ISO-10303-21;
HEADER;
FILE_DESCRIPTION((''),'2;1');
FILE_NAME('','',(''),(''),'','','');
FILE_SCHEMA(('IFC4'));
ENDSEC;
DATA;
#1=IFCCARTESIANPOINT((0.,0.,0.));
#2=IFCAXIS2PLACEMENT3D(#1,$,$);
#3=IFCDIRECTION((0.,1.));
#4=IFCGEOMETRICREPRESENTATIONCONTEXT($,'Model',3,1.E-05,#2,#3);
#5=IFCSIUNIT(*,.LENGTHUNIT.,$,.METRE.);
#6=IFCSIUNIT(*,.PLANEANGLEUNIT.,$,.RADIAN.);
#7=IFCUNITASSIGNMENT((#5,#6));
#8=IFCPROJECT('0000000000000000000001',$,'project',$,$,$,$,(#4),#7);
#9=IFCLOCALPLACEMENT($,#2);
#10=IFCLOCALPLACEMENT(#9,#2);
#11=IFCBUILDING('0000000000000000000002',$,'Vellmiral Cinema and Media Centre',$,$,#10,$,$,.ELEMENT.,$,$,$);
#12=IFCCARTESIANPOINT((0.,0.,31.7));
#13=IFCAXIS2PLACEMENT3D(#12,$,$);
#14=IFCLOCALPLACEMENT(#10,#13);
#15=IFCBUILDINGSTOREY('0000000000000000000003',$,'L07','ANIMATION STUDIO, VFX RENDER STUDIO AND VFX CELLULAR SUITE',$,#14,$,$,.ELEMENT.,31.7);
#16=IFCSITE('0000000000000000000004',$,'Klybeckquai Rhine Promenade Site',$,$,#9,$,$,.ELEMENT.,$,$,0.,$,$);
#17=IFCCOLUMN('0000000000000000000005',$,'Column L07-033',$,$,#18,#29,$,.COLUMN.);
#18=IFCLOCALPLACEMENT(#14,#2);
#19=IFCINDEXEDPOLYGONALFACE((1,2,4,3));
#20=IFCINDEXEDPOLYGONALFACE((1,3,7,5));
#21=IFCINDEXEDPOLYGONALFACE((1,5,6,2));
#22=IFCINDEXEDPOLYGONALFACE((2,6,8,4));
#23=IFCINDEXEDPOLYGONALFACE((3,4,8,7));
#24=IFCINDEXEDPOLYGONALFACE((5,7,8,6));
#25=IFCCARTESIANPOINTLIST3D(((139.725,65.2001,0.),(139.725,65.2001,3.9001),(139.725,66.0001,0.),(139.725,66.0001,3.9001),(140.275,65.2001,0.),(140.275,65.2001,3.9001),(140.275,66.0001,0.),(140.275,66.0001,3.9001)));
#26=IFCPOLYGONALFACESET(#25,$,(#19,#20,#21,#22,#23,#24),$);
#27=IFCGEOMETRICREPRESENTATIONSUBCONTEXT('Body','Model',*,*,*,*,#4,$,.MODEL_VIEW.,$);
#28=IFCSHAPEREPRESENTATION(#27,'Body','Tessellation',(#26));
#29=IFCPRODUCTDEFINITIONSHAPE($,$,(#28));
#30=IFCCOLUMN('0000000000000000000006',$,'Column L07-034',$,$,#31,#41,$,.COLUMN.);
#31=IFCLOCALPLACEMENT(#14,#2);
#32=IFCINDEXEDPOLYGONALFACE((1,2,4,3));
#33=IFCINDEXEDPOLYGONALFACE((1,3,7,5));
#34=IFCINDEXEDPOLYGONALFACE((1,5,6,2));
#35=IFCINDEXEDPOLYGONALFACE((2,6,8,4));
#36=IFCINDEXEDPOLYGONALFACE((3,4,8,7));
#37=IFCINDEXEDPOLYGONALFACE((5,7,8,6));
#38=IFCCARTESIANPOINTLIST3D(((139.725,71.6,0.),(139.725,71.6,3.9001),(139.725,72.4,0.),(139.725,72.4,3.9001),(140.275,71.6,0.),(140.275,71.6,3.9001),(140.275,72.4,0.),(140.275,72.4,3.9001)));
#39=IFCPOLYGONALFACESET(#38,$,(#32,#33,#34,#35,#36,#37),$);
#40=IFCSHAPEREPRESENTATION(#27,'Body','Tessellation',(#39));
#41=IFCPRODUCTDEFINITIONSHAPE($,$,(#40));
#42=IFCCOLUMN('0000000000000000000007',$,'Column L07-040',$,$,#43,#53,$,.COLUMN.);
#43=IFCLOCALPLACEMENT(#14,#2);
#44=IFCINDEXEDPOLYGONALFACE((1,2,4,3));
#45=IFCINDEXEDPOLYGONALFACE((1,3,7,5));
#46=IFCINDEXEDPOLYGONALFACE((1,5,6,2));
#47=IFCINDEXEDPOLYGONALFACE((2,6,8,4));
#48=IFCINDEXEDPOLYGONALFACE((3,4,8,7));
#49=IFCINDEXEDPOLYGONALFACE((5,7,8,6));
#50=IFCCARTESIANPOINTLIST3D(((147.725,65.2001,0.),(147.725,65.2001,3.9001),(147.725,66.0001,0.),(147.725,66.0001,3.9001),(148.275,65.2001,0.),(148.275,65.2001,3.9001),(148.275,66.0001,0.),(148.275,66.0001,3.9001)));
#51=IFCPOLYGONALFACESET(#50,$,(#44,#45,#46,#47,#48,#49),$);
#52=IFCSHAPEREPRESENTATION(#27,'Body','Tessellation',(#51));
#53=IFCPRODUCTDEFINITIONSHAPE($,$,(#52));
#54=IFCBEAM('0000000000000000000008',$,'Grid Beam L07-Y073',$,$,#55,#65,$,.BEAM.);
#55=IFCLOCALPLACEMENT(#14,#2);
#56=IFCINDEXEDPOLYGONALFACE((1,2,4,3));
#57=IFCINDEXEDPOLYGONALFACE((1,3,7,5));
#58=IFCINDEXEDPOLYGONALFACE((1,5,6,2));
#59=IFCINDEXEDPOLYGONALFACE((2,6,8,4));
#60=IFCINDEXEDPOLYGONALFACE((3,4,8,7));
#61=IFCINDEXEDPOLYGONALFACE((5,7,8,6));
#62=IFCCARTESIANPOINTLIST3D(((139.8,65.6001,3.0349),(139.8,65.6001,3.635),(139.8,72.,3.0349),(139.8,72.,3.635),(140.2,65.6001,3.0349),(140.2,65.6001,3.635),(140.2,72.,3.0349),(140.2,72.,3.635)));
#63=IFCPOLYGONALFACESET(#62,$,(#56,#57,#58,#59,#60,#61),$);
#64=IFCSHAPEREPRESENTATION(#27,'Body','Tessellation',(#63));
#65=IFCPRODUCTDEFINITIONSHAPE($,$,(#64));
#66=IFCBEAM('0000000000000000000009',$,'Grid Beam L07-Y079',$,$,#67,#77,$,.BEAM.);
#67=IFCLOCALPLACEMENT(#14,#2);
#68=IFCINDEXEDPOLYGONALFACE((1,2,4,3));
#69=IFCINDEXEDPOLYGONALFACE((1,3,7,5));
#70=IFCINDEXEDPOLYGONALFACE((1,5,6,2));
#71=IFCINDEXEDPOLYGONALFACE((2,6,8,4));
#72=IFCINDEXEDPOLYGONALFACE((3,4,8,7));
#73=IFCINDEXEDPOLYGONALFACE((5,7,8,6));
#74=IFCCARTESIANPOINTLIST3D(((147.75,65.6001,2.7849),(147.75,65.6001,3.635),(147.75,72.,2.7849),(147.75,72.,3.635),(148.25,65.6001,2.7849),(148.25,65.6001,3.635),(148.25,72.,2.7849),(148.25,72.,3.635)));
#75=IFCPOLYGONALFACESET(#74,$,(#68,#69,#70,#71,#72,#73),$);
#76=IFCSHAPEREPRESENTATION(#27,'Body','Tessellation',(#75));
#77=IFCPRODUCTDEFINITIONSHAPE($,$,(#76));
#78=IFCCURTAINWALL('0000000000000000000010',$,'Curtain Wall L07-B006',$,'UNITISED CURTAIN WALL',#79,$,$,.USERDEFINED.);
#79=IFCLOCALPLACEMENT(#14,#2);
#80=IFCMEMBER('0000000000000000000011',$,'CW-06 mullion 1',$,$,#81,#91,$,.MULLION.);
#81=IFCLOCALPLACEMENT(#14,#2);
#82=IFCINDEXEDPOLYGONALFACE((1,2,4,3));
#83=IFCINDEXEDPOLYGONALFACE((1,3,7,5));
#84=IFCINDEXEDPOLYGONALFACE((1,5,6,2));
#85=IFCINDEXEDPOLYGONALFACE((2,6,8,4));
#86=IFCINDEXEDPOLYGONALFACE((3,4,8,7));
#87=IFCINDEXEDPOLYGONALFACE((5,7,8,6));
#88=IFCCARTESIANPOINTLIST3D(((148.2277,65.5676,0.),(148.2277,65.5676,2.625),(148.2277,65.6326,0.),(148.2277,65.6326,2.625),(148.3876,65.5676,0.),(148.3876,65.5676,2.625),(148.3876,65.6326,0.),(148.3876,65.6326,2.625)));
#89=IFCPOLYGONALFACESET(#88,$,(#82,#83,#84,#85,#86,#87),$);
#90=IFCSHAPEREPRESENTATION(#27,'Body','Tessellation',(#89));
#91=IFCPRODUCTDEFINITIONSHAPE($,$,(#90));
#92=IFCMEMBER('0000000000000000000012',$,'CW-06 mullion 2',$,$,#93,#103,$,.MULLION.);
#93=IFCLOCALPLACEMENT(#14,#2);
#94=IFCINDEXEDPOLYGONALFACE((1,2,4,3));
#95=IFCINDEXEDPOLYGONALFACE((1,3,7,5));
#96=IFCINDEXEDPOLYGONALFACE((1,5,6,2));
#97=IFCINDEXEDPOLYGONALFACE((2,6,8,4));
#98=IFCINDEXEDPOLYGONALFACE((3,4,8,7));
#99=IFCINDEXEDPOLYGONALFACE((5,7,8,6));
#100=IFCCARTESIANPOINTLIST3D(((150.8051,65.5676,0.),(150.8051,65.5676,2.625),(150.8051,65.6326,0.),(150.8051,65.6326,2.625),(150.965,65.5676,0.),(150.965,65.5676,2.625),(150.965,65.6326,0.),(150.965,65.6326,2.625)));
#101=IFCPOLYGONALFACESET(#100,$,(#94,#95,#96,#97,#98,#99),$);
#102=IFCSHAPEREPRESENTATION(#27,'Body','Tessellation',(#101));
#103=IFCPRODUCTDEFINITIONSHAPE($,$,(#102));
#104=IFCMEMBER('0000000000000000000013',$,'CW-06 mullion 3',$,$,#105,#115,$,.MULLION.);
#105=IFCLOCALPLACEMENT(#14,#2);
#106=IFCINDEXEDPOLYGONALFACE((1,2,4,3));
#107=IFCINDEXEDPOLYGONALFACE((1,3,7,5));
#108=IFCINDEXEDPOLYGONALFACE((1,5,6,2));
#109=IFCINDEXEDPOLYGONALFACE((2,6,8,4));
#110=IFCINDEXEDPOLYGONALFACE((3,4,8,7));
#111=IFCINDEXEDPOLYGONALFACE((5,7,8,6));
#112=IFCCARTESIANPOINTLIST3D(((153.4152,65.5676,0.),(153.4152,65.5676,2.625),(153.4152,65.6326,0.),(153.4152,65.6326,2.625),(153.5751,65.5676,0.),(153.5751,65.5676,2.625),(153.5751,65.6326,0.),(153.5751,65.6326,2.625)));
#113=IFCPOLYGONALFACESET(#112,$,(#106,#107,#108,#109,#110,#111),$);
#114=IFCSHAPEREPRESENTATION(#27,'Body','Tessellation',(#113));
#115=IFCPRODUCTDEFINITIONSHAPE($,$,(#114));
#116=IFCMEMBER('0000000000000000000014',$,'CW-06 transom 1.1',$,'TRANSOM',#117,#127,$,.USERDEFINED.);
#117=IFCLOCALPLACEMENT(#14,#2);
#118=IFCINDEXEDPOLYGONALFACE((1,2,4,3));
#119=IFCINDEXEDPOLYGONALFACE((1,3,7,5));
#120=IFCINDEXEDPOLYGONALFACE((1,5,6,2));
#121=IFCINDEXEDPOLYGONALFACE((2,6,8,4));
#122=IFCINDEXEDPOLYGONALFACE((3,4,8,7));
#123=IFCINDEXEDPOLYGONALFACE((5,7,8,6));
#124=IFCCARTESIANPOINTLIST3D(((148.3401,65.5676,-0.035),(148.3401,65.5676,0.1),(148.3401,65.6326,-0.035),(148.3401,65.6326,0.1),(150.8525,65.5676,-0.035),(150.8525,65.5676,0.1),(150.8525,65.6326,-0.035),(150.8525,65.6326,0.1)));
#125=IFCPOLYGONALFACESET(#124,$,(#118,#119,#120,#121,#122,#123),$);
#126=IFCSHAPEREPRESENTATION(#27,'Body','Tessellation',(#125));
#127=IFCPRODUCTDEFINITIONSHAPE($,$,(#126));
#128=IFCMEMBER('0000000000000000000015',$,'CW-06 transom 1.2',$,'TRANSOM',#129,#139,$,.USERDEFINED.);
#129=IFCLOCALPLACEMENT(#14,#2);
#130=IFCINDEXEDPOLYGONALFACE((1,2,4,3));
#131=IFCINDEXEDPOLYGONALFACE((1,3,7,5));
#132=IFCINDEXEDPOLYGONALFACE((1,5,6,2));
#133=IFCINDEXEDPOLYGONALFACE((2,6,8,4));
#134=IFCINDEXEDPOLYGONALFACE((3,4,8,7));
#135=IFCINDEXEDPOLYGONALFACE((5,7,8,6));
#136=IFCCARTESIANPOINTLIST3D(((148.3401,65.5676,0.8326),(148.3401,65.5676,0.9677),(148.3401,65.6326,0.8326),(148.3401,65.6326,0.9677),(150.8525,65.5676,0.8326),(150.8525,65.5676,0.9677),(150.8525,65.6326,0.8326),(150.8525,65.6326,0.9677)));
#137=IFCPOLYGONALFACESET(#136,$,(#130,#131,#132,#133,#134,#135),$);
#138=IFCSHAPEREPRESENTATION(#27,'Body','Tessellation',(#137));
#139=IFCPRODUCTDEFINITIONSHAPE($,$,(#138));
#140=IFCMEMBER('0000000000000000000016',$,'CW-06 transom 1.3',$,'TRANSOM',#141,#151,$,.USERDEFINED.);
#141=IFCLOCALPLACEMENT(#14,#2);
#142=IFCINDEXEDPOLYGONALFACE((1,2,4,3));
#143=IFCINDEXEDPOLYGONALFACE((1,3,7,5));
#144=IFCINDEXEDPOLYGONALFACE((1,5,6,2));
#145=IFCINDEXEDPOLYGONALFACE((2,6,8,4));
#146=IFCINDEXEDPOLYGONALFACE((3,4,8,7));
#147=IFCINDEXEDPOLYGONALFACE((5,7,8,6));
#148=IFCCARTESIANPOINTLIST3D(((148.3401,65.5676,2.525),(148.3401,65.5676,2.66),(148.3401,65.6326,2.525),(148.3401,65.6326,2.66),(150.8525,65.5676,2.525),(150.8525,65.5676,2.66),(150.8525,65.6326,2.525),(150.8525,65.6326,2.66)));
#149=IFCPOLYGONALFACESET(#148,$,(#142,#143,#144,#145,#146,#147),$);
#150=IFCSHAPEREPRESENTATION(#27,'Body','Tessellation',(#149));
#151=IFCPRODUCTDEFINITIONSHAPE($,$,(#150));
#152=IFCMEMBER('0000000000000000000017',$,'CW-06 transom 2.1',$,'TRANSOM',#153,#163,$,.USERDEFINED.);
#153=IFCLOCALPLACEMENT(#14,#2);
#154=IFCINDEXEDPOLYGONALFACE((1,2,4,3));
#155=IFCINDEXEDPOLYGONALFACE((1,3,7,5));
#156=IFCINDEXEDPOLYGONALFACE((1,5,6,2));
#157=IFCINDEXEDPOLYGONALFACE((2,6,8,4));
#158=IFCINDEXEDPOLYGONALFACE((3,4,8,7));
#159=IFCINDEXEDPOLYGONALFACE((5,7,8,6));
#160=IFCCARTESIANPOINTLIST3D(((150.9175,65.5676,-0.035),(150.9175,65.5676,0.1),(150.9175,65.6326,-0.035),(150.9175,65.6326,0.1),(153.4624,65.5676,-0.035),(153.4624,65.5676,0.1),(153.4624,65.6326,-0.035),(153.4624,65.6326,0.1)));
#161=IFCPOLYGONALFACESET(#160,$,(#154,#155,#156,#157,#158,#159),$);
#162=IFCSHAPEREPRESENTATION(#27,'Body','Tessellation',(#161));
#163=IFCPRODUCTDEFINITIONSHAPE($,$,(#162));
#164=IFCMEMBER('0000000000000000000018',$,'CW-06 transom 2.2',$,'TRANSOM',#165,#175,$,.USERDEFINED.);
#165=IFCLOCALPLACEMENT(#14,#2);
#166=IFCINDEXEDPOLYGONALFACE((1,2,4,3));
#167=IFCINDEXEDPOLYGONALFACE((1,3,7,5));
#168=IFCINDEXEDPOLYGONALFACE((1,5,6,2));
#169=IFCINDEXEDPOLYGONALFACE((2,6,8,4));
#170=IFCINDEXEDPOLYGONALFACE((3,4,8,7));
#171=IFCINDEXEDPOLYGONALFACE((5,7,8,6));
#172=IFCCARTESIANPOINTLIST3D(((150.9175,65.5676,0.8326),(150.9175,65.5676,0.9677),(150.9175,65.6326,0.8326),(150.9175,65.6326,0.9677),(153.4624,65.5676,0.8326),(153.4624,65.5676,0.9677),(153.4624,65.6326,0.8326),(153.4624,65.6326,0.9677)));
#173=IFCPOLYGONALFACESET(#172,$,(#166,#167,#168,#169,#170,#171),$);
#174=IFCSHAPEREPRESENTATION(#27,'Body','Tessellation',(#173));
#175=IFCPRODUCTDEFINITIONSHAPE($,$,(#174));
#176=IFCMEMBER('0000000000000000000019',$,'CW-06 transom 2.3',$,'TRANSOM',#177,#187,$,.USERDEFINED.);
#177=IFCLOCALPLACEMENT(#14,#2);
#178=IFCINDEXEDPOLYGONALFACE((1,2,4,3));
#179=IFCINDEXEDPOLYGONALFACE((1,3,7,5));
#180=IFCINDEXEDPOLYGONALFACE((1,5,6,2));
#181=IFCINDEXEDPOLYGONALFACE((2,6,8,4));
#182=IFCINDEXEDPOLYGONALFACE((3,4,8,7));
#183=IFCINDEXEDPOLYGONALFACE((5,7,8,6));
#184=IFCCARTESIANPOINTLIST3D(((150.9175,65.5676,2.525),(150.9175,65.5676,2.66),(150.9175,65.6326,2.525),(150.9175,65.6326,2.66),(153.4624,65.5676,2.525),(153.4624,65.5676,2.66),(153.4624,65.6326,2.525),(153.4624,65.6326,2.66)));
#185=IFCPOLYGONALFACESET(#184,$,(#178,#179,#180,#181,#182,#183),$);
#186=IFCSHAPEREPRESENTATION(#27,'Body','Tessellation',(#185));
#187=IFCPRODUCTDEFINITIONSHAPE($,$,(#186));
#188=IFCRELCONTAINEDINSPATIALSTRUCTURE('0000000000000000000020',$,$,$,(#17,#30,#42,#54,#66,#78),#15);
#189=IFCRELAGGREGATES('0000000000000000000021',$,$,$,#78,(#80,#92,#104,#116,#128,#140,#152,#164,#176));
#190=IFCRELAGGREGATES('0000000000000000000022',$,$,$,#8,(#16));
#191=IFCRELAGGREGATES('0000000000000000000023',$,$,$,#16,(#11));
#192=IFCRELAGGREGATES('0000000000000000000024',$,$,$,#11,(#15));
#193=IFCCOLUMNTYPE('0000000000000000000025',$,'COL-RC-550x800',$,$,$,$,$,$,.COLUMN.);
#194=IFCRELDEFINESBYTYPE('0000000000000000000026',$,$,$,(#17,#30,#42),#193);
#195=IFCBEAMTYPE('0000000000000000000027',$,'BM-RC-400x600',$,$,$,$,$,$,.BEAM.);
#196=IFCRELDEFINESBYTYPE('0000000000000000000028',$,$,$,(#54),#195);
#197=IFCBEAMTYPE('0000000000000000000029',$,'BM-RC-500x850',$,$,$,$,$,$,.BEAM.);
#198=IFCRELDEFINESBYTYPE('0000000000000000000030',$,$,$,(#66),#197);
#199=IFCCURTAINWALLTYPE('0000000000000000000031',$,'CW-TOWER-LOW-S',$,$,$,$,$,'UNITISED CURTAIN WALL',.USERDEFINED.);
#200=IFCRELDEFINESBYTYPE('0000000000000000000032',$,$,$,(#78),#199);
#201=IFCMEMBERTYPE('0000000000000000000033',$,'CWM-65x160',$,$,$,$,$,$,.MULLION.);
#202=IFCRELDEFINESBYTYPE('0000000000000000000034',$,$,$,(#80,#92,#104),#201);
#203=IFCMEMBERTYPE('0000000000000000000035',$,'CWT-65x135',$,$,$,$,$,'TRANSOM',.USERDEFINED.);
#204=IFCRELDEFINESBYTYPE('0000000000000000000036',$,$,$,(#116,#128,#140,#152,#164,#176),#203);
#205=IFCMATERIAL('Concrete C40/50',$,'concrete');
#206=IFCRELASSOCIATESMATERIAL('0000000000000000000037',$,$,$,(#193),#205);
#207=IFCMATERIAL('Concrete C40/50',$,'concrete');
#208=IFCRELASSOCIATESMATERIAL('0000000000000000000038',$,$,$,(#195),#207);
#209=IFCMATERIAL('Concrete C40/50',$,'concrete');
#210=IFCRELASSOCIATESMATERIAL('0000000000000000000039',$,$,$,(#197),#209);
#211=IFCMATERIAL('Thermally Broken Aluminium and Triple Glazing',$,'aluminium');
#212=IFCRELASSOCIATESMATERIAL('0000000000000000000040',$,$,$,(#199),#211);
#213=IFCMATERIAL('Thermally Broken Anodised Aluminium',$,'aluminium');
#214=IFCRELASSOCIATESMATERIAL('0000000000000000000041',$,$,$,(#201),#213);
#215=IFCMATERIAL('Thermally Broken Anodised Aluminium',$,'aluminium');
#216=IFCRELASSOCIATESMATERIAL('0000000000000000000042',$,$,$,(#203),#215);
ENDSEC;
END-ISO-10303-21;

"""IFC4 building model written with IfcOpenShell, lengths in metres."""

from ifc_helpers import new_model, si_unit, direction, frame, origin, origin_2d, place, context, subcontext, project, spatial, rectangle, extrude, material, material_profile, profile_set, type_object, element, aggregate, save


model = new_model("IFC4")

# Units and contexts
model_context = context("Model", 3, precision=1e-05, world=origin(), true_north=direction((0.0, 1.0)))
body_context = subcontext(model_context, "Body", "Model", "MODEL_VIEW")
ifc_project = project(units=[si_unit("LENGTHUNIT", "METRE"), si_unit("PLANEANGLEUNIT", "RADIAN")], contexts=[model_context])

# Site, building, storey
site_placement = place(None, origin())
site = spatial("IfcSite", under=ifc_project, at=site_placement, Name="Klybeckquai Rhine Promenade Site", CompositionType="ELEMENT", RefElevation=0.0)
building_placement = place(site_placement, origin())
building = spatial("IfcBuilding", under=site, at=building_placement, Name="Vellmiral Cinema and Media Centre", CompositionType="ELEMENT")
storey_placement = place(building_placement, frame((0.0, 0.0, 31.7)))
storey = spatial("IfcBuildingStorey", under=building, at=storey_placement, Name="L07", Description="ANIMATION STUDIO, VFX RENDER STUDIO AND VFX CELLULAR SUITE", CompositionType="ELEMENT", Elevation=31.7)

# Columns
ifc_material_1 = material(Name="Concrete C40/50", Category="concrete")
ifc_material_profile_1 = material_profile(ifc_material_1, rectangle(XDim=0.55, YDim=0.8, at=origin_2d()), Name="RC 550x800")
ifc_profile_set_1 = profile_set([ifc_material_profile_1], Name="Concrete C40/50")
column_type = type_object("IfcColumnType", Name="COL-RC-550x800", PredefinedType="COLUMN", material=ifc_profile_set_1)
for number, where, z_axis, x_axis, name in (
    (1, (140.0, 65.6001, 0.0), (0.0, 0.0, 1.0), (1.0, 0.0, 0.0), "Column L07-033"),
    (2, (140.0, 72.0, 0.0), (0.0, 0.0, 1.0), (1.0, 0.0, 0.0), "Column L07-034"),
    (3, (148.0, 65.6001, 0.0), (0.0, 0.0, 1.0), (1.0, 0.0, 0.0), "Column L07-040"),
):
    element("IfcColumn", number, at=place(storey_placement, frame(where, z_axis=z_axis, x_axis=x_axis)), inside=storey, type_object=column_type, Name=name, PredefinedType="COLUMN", context=body_context, shape_type="SweptSolid", body=[
        extrude(rectangle(XDim=0.55, YDim=0.8, at=origin_2d()), origin(), (0.0, 0.0, 1.0), 3.9001),
    ])

# Beams
ifc_material_2 = material(Name="Concrete C40/50", Category="concrete")
ifc_material_profile_2 = material_profile(ifc_material_2, rectangle(XDim=0.3999, YDim=0.6001, at=origin_2d()), Name="RC 400x600")
ifc_profile_set_2 = profile_set([ifc_material_profile_2], Name="Concrete C40/50")
beam_type_1 = type_object("IfcBeamType", Name="BM-RC-400x600", PredefinedType="BEAM", material=ifc_profile_set_2)
beam_1_placement = place(storey_placement, frame((140.0, 65.6001, 3.335), z_axis=(0.0, 1.0, 0.0), x_axis=(-1.0, 0.0, 0.0)))
element("IfcBeam", 4, at=beam_1_placement, inside=storey, type_object=beam_type_1, Name="Grid Beam L07-Y073", PredefinedType="BEAM", context=body_context, shape_type="SweptSolid", body=[
    extrude(rectangle(XDim=0.3999, YDim=0.6001, at=origin_2d()), origin(), (0.0, 0.0, 1.0), 6.3999),
])
ifc_material_3 = material(Name="Concrete C40/50", Category="concrete")
ifc_material_profile_3 = material_profile(ifc_material_3, rectangle(XDim=0.5, YDim=0.8501, at=origin_2d()), Name="RC 500x850")
ifc_profile_set_3 = profile_set([ifc_material_profile_3], Name="Concrete C40/50")
beam_type_2 = type_object("IfcBeamType", Name="BM-RC-500x850", PredefinedType="BEAM", material=ifc_profile_set_3)
beam_2_placement = place(storey_placement, frame((148.0, 65.6001, 3.21), z_axis=(0.0, 1.0, 0.0), x_axis=(-1.0, 0.0, 0.0)))
element("IfcBeam", 5, at=beam_2_placement, inside=storey, type_object=beam_type_2, Name="Grid Beam L07-Y079", PredefinedType="BEAM", context=body_context, shape_type="SweptSolid", body=[
    extrude(rectangle(XDim=0.5, YDim=0.8501, at=origin_2d()), origin(), (0.0, 0.0, 1.0), 6.3999),
])

# Curtain wall, members
ifc_material_4 = material(Name="Thermally Broken Aluminium and Triple Glazing", Category="aluminium")
curtain_wall_type = type_object("IfcCurtainWallType", Name="CW-TOWER-LOW-S", ElementType="UNITISED CURTAIN WALL", PredefinedType="USERDEFINED", material=ifc_material_4)
curtain_wall_placement = place(storey_placement, origin())
curtain_wall = element("IfcCurtainWall", 6, at=curtain_wall_placement, inside=storey, type_object=curtain_wall_type, Name="Curtain Wall L07-B006", ObjectType="UNITISED CURTAIN WALL", PredefinedType="USERDEFINED")
ifc_material_5 = material(Name="Thermally Broken Anodised Aluminium", Category="aluminium")
ifc_material_profile_4 = material_profile(ifc_material_5, rectangle(XDim=0.0649, YDim=0.1599, at=origin_2d()), Name="MULL 65x160")
ifc_profile_set_4 = profile_set([ifc_material_profile_4], Name="Thermally Broken Anodised Aluminium")
member_type_1 = type_object("IfcMemberType", Name="CWM-65x160", PredefinedType="MULLION", material=ifc_profile_set_4)
member_1_placement = place(storey_placement, frame((148.3076, 65.6001, 0.0), z_axis=(0.0, 0.0, 1.0), x_axis=(0.0, 1.0, 0.0)))
member_1 = element("IfcMember", 7, at=member_1_placement, type_object=member_type_1, Name="CW-06 mullion 1", PredefinedType="MULLION", context=body_context, shape_type="SweptSolid", body=[
    extrude(rectangle(XDim=0.0649, YDim=0.1599, at=origin_2d()), origin(), (0.0, 0.0, 1.0), 2.625),
])
member_2_placement = place(storey_placement, frame((150.885, 65.6001, 0.0), z_axis=(0.0, 0.0, 1.0), x_axis=(0.0, 1.0, 0.0)))
member_2 = element("IfcMember", 8, at=member_2_placement, type_object=member_type_1, Name="CW-06 mullion 2", PredefinedType="MULLION", context=body_context, shape_type="SweptSolid", body=[
    extrude(rectangle(XDim=0.0649, YDim=0.1599, at=origin_2d()), origin(), (0.0, 0.0, 1.0), 2.625),
])
member_3_placement = place(storey_placement, frame((153.4951, 65.6001, 0.0), z_axis=(0.0, 0.0, 1.0), x_axis=(0.0, 1.0, 0.0)))
member_3 = element("IfcMember", 9, at=member_3_placement, type_object=member_type_1, Name="CW-06 mullion 3", PredefinedType="MULLION", context=body_context, shape_type="SweptSolid", body=[
    extrude(rectangle(XDim=0.0649, YDim=0.1599, at=origin_2d()), origin(), (0.0, 0.0, 1.0), 2.625),
])
ifc_material_6 = material(Name="Thermally Broken Anodised Aluminium", Category="aluminium")
ifc_material_profile_5 = material_profile(ifc_material_6, rectangle(XDim=0.0649, YDim=0.135, at=origin_2d()), Name="MULL 65x135")
ifc_profile_set_5 = profile_set([ifc_material_profile_5], Name="Thermally Broken Anodised Aluminium")
member_type_2 = type_object("IfcMemberType", Name="CWT-65x135", ElementType="TRANSOM", PredefinedType="USERDEFINED", material=ifc_profile_set_5)
member_4_placement = place(storey_placement, frame((148.3401, 65.6001, 0.0325), z_axis=(1.0, 0.0, 0.0), x_axis=(0.0, 1.0, 0.0)))
member_4 = element("IfcMember", 10, at=member_4_placement, type_object=member_type_2, Name="CW-06 transom 1.1", ObjectType="TRANSOM", PredefinedType="USERDEFINED", context=body_context, shape_type="SweptSolid", body=[
    extrude(rectangle(XDim=0.0649, YDim=0.135, at=origin_2d()), origin(), (0.0, 0.0, 1.0), 2.5125),
])
member_5_placement = place(storey_placement, frame((148.3401, 65.6001, 0.9001), z_axis=(1.0, 0.0, 0.0), x_axis=(0.0, 1.0, 0.0)))
member_5 = element("IfcMember", 11, at=member_5_placement, type_object=member_type_2, Name="CW-06 transom 1.2", ObjectType="TRANSOM", PredefinedType="USERDEFINED", context=body_context, shape_type="SweptSolid", body=[
    extrude(rectangle(XDim=0.0649, YDim=0.135, at=origin_2d()), origin(), (0.0, 0.0, 1.0), 2.5125),
])
member_6_placement = place(storey_placement, frame((148.3401, 65.6001, 2.5925), z_axis=(1.0, 0.0, 0.0), x_axis=(0.0, 1.0, 0.0)))
member_6 = element("IfcMember", 12, at=member_6_placement, type_object=member_type_2, Name="CW-06 transom 1.3", ObjectType="TRANSOM", PredefinedType="USERDEFINED", context=body_context, shape_type="SweptSolid", body=[
    extrude(rectangle(XDim=0.0649, YDim=0.135, at=origin_2d()), origin(), (0.0, 0.0, 1.0), 2.5125),
])
member_7_placement = place(storey_placement, frame((150.9175, 65.6001, 0.0325), z_axis=(1.0, 0.0, 0.0), x_axis=(0.0, 1.0, 0.0)))
member_7 = element("IfcMember", 13, at=member_7_placement, type_object=member_type_2, Name="CW-06 transom 2.1", ObjectType="TRANSOM", PredefinedType="USERDEFINED", context=body_context, shape_type="SweptSolid", body=[
    extrude(rectangle(XDim=0.0649, YDim=0.135, at=origin_2d()), origin(), (0.0, 0.0, 1.0), 2.5449),
])
member_8_placement = place(storey_placement, frame((150.9175, 65.6001, 0.9001), z_axis=(1.0, 0.0, 0.0), x_axis=(0.0, 1.0, 0.0)))
member_8 = element("IfcMember", 14, at=member_8_placement, type_object=member_type_2, Name="CW-06 transom 2.2", ObjectType="TRANSOM", PredefinedType="USERDEFINED", context=body_context, shape_type="SweptSolid", body=[
    extrude(rectangle(XDim=0.0649, YDim=0.135, at=origin_2d()), origin(), (0.0, 0.0, 1.0), 2.5449),
])
member_9_placement = place(storey_placement, frame((150.9175, 65.6001, 2.5925), z_axis=(1.0, 0.0, 0.0), x_axis=(0.0, 1.0, 0.0)))
member_9 = element("IfcMember", 15, at=member_9_placement, type_object=member_type_2, Name="CW-06 transom 2.3", ObjectType="TRANSOM", PredefinedType="USERDEFINED", context=body_context, shape_type="SweptSolid", body=[
    extrude(rectangle(XDim=0.0649, YDim=0.135, at=origin_2d()), origin(), (0.0, 0.0, 1.0), 2.5449),
])

aggregate(curtain_wall, [member_1, member_2, member_3, member_4, member_5, member_6, member_7, member_8, member_9])

save(model, "model.ifc")
